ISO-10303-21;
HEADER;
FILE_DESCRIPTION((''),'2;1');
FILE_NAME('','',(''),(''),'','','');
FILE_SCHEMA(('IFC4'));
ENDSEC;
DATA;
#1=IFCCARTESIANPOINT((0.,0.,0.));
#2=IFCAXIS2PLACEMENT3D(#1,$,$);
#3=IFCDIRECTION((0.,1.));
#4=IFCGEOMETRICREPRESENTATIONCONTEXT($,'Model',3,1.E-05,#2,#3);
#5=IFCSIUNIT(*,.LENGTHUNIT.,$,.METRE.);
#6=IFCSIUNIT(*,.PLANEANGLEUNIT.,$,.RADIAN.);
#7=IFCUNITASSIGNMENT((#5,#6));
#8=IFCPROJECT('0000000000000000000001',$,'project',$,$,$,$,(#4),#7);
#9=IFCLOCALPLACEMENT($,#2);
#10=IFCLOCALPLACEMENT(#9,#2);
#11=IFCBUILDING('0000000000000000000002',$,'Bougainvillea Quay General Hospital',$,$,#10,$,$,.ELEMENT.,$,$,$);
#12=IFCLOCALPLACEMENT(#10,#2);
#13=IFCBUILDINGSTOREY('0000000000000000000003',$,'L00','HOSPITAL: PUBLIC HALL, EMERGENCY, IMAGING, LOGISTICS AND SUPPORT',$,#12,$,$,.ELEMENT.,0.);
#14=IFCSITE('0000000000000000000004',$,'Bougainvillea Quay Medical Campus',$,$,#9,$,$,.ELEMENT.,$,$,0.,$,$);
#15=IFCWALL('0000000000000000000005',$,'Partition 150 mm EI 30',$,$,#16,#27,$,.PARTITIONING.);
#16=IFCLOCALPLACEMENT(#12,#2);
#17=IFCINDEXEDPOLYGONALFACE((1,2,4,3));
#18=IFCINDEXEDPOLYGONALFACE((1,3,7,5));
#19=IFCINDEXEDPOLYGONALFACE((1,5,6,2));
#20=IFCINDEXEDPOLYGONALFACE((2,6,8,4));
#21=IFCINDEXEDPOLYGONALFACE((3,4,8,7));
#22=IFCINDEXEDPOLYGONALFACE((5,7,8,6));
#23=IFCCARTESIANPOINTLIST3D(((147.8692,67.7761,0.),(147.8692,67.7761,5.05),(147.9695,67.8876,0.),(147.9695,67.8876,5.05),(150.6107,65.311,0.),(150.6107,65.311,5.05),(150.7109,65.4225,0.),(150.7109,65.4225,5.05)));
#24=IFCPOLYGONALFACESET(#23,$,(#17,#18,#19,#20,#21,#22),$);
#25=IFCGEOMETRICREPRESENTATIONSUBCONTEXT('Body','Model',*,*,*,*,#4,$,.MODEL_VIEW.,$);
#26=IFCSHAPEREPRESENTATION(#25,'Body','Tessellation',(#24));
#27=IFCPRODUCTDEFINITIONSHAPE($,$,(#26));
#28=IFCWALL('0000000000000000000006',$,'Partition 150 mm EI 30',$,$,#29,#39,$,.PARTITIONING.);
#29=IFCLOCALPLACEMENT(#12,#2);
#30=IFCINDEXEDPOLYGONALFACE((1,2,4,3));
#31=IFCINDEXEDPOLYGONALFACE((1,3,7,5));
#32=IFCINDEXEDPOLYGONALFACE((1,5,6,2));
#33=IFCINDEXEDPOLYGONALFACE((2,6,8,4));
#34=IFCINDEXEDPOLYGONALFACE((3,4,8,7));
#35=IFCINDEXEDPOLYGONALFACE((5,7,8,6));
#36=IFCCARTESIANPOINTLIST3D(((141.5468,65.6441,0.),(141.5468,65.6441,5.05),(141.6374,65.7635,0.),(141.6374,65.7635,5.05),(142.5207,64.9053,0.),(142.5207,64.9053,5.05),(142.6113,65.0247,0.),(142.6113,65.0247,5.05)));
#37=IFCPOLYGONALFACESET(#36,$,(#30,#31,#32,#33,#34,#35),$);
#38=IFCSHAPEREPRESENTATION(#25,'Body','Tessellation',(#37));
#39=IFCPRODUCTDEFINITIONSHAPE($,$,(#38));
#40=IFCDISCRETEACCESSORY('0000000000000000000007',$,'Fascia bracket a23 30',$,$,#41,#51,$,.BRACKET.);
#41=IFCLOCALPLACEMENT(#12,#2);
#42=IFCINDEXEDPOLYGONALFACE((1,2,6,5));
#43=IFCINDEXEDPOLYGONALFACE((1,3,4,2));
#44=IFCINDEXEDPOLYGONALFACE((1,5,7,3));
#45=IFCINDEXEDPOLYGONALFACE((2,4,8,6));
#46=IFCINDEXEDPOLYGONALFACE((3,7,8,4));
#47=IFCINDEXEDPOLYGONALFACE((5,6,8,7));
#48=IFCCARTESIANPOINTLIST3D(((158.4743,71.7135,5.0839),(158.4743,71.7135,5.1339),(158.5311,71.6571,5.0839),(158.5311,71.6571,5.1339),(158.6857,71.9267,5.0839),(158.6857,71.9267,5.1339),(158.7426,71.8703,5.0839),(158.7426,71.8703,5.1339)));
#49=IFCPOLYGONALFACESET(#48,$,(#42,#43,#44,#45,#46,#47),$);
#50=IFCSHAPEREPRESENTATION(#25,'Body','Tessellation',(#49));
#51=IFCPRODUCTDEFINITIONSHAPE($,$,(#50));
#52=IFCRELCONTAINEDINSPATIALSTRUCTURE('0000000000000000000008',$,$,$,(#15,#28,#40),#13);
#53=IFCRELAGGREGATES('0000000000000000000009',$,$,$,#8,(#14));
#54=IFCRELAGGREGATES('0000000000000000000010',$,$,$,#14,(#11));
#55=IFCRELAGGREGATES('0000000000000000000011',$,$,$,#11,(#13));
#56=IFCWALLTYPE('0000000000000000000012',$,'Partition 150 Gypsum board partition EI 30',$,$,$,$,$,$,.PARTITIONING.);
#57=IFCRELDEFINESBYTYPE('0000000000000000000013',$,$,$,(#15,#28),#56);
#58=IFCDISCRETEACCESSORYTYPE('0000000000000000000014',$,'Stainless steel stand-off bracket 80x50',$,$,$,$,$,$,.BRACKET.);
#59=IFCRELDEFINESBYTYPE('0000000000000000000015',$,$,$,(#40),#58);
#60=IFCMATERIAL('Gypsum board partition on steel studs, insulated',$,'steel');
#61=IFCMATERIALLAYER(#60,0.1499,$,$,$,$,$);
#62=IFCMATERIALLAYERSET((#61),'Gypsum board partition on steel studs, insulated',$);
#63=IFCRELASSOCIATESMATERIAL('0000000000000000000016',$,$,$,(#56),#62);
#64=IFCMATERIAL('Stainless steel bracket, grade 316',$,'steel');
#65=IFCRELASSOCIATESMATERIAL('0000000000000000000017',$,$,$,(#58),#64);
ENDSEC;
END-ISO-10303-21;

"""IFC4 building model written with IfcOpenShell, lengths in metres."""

from ifc_helpers import new_model, si_unit, direction, frame, frame_2d, origin, origin_2d, place, context, subcontext, project, spatial, rectangle, extrude, material, layer, layer_set, material_profile, profile_set, type_object, element, save


model = new_model("IFC4")

# Units and contexts
model_context = context("Model", 3, precision=1e-05, world=origin(), true_north=direction((0.0, 1.0)))
body_context = subcontext(model_context, "Body", "Model", "MODEL_VIEW")
ifc_project = project(units=[si_unit("LENGTHUNIT", "METRE"), si_unit("PLANEANGLEUNIT", "RADIAN")], contexts=[model_context])

# Site, building, storey
site_placement = place(None, origin())
site = spatial("IfcSite", under=ifc_project, at=site_placement, Name="Bougainvillea Quay Medical Campus", CompositionType="ELEMENT", RefElevation=0.0)
building_placement = place(site_placement, origin())
building = spatial("IfcBuilding", under=site, at=building_placement, Name="Bougainvillea Quay General Hospital", CompositionType="ELEMENT")
storey_placement = place(building_placement, origin())
storey = spatial("IfcBuildingStorey", under=building, at=storey_placement, Name="L00", Description="HOSPITAL: PUBLIC HALL, EMERGENCY, IMAGING, LOGISTICS AND SUPPORT", CompositionType="ELEMENT", Elevation=0.0)

# Shared definitions
ifc_material_1 = material(Name="Gypsum board partition on steel studs, insulated", Category="steel")
ifc_layer_1 = layer(ifc_material_1, 0.1499)
ifc_layer_set_1 = layer_set([ifc_layer_1], Name="Gypsum board partition on steel studs, insulated")
wall_type_1 = type_object("IfcWallType", Name="Partition 150 Gypsum board partition EI 30", PredefinedType="PARTITIONING", material=ifc_layer_set_1)

# Walls
wall_1_placement = place(storey_placement, frame((147.9194, 67.8318, 0.0), z_axis=(0.0, 0.0, 1.0), x_axis=(0.743594, -0.668632, 0.0)))
element("IfcWall", 1, at=wall_1_placement, inside=storey, type_object=wall_type_1, Name="Partition 150 mm EI 30", PredefinedType="PARTITIONING", context=body_context, shape_type="SweptSolid", body=[
    extrude(rectangle(XDim=3.6868, YDim=0.1499, at=frame_2d((1.8433, 0.0))), origin(), (0.0, 0.0, 1.0), 5.05),
])
wall_2_placement = place(storey_placement, frame((141.592, 65.7039, 0.0), z_axis=(0.0, 0.0, 1.0), x_axis=(0.796705, -0.604369, 0.0)))
element("IfcWall", 2, at=wall_2_placement, inside=storey, type_object=wall_type_1, Name="Partition 150 mm EI 30", PredefinedType="PARTITIONING", context=body_context, shape_type="SweptSolid", body=[
    extrude(rectangle(XDim=1.2224, YDim=0.1499, at=frame_2d((0.6113, 0.0))), origin(), (0.0, 0.0, 1.0), 5.05),
])

# Discrete accessory
ifc_material_2 = material(Name="Stainless steel bracket, grade 316", Category="steel")
ifc_material_profile_1 = material_profile(ifc_material_2, rectangle(XDim=0.0801, YDim=0.05, at=origin_2d()))
ifc_profile_set_1 = profile_set([ifc_material_profile_1], Name="Stainless steel bracket, grade 316")
discrete_accessory_type = type_object("IfcDiscreteAccessoryType", Name="Stainless steel stand-off bracket 80x50", PredefinedType="BRACKET", material=ifc_profile_set_1)
discrete_accessory_placement = place(storey_placement, frame((158.5027, 71.6853, 5.1089), z_axis=(0.704255, 0.709947, 0.0), x_axis=(-0.709947, 0.704255, 0.0)))
element("IfcDiscreteAccessory", 3, at=discrete_accessory_placement, inside=storey, type_object=discrete_accessory_type, Name="Fascia bracket a23 30", PredefinedType="BRACKET", context=body_context, shape_type="SweptSolid", body=[
    extrude(rectangle(XDim=0.0801, YDim=0.05, at=origin_2d()), origin(), (0.0, 0.0, 1.0), 0.3003),
])

save(model, "model.ifc")
